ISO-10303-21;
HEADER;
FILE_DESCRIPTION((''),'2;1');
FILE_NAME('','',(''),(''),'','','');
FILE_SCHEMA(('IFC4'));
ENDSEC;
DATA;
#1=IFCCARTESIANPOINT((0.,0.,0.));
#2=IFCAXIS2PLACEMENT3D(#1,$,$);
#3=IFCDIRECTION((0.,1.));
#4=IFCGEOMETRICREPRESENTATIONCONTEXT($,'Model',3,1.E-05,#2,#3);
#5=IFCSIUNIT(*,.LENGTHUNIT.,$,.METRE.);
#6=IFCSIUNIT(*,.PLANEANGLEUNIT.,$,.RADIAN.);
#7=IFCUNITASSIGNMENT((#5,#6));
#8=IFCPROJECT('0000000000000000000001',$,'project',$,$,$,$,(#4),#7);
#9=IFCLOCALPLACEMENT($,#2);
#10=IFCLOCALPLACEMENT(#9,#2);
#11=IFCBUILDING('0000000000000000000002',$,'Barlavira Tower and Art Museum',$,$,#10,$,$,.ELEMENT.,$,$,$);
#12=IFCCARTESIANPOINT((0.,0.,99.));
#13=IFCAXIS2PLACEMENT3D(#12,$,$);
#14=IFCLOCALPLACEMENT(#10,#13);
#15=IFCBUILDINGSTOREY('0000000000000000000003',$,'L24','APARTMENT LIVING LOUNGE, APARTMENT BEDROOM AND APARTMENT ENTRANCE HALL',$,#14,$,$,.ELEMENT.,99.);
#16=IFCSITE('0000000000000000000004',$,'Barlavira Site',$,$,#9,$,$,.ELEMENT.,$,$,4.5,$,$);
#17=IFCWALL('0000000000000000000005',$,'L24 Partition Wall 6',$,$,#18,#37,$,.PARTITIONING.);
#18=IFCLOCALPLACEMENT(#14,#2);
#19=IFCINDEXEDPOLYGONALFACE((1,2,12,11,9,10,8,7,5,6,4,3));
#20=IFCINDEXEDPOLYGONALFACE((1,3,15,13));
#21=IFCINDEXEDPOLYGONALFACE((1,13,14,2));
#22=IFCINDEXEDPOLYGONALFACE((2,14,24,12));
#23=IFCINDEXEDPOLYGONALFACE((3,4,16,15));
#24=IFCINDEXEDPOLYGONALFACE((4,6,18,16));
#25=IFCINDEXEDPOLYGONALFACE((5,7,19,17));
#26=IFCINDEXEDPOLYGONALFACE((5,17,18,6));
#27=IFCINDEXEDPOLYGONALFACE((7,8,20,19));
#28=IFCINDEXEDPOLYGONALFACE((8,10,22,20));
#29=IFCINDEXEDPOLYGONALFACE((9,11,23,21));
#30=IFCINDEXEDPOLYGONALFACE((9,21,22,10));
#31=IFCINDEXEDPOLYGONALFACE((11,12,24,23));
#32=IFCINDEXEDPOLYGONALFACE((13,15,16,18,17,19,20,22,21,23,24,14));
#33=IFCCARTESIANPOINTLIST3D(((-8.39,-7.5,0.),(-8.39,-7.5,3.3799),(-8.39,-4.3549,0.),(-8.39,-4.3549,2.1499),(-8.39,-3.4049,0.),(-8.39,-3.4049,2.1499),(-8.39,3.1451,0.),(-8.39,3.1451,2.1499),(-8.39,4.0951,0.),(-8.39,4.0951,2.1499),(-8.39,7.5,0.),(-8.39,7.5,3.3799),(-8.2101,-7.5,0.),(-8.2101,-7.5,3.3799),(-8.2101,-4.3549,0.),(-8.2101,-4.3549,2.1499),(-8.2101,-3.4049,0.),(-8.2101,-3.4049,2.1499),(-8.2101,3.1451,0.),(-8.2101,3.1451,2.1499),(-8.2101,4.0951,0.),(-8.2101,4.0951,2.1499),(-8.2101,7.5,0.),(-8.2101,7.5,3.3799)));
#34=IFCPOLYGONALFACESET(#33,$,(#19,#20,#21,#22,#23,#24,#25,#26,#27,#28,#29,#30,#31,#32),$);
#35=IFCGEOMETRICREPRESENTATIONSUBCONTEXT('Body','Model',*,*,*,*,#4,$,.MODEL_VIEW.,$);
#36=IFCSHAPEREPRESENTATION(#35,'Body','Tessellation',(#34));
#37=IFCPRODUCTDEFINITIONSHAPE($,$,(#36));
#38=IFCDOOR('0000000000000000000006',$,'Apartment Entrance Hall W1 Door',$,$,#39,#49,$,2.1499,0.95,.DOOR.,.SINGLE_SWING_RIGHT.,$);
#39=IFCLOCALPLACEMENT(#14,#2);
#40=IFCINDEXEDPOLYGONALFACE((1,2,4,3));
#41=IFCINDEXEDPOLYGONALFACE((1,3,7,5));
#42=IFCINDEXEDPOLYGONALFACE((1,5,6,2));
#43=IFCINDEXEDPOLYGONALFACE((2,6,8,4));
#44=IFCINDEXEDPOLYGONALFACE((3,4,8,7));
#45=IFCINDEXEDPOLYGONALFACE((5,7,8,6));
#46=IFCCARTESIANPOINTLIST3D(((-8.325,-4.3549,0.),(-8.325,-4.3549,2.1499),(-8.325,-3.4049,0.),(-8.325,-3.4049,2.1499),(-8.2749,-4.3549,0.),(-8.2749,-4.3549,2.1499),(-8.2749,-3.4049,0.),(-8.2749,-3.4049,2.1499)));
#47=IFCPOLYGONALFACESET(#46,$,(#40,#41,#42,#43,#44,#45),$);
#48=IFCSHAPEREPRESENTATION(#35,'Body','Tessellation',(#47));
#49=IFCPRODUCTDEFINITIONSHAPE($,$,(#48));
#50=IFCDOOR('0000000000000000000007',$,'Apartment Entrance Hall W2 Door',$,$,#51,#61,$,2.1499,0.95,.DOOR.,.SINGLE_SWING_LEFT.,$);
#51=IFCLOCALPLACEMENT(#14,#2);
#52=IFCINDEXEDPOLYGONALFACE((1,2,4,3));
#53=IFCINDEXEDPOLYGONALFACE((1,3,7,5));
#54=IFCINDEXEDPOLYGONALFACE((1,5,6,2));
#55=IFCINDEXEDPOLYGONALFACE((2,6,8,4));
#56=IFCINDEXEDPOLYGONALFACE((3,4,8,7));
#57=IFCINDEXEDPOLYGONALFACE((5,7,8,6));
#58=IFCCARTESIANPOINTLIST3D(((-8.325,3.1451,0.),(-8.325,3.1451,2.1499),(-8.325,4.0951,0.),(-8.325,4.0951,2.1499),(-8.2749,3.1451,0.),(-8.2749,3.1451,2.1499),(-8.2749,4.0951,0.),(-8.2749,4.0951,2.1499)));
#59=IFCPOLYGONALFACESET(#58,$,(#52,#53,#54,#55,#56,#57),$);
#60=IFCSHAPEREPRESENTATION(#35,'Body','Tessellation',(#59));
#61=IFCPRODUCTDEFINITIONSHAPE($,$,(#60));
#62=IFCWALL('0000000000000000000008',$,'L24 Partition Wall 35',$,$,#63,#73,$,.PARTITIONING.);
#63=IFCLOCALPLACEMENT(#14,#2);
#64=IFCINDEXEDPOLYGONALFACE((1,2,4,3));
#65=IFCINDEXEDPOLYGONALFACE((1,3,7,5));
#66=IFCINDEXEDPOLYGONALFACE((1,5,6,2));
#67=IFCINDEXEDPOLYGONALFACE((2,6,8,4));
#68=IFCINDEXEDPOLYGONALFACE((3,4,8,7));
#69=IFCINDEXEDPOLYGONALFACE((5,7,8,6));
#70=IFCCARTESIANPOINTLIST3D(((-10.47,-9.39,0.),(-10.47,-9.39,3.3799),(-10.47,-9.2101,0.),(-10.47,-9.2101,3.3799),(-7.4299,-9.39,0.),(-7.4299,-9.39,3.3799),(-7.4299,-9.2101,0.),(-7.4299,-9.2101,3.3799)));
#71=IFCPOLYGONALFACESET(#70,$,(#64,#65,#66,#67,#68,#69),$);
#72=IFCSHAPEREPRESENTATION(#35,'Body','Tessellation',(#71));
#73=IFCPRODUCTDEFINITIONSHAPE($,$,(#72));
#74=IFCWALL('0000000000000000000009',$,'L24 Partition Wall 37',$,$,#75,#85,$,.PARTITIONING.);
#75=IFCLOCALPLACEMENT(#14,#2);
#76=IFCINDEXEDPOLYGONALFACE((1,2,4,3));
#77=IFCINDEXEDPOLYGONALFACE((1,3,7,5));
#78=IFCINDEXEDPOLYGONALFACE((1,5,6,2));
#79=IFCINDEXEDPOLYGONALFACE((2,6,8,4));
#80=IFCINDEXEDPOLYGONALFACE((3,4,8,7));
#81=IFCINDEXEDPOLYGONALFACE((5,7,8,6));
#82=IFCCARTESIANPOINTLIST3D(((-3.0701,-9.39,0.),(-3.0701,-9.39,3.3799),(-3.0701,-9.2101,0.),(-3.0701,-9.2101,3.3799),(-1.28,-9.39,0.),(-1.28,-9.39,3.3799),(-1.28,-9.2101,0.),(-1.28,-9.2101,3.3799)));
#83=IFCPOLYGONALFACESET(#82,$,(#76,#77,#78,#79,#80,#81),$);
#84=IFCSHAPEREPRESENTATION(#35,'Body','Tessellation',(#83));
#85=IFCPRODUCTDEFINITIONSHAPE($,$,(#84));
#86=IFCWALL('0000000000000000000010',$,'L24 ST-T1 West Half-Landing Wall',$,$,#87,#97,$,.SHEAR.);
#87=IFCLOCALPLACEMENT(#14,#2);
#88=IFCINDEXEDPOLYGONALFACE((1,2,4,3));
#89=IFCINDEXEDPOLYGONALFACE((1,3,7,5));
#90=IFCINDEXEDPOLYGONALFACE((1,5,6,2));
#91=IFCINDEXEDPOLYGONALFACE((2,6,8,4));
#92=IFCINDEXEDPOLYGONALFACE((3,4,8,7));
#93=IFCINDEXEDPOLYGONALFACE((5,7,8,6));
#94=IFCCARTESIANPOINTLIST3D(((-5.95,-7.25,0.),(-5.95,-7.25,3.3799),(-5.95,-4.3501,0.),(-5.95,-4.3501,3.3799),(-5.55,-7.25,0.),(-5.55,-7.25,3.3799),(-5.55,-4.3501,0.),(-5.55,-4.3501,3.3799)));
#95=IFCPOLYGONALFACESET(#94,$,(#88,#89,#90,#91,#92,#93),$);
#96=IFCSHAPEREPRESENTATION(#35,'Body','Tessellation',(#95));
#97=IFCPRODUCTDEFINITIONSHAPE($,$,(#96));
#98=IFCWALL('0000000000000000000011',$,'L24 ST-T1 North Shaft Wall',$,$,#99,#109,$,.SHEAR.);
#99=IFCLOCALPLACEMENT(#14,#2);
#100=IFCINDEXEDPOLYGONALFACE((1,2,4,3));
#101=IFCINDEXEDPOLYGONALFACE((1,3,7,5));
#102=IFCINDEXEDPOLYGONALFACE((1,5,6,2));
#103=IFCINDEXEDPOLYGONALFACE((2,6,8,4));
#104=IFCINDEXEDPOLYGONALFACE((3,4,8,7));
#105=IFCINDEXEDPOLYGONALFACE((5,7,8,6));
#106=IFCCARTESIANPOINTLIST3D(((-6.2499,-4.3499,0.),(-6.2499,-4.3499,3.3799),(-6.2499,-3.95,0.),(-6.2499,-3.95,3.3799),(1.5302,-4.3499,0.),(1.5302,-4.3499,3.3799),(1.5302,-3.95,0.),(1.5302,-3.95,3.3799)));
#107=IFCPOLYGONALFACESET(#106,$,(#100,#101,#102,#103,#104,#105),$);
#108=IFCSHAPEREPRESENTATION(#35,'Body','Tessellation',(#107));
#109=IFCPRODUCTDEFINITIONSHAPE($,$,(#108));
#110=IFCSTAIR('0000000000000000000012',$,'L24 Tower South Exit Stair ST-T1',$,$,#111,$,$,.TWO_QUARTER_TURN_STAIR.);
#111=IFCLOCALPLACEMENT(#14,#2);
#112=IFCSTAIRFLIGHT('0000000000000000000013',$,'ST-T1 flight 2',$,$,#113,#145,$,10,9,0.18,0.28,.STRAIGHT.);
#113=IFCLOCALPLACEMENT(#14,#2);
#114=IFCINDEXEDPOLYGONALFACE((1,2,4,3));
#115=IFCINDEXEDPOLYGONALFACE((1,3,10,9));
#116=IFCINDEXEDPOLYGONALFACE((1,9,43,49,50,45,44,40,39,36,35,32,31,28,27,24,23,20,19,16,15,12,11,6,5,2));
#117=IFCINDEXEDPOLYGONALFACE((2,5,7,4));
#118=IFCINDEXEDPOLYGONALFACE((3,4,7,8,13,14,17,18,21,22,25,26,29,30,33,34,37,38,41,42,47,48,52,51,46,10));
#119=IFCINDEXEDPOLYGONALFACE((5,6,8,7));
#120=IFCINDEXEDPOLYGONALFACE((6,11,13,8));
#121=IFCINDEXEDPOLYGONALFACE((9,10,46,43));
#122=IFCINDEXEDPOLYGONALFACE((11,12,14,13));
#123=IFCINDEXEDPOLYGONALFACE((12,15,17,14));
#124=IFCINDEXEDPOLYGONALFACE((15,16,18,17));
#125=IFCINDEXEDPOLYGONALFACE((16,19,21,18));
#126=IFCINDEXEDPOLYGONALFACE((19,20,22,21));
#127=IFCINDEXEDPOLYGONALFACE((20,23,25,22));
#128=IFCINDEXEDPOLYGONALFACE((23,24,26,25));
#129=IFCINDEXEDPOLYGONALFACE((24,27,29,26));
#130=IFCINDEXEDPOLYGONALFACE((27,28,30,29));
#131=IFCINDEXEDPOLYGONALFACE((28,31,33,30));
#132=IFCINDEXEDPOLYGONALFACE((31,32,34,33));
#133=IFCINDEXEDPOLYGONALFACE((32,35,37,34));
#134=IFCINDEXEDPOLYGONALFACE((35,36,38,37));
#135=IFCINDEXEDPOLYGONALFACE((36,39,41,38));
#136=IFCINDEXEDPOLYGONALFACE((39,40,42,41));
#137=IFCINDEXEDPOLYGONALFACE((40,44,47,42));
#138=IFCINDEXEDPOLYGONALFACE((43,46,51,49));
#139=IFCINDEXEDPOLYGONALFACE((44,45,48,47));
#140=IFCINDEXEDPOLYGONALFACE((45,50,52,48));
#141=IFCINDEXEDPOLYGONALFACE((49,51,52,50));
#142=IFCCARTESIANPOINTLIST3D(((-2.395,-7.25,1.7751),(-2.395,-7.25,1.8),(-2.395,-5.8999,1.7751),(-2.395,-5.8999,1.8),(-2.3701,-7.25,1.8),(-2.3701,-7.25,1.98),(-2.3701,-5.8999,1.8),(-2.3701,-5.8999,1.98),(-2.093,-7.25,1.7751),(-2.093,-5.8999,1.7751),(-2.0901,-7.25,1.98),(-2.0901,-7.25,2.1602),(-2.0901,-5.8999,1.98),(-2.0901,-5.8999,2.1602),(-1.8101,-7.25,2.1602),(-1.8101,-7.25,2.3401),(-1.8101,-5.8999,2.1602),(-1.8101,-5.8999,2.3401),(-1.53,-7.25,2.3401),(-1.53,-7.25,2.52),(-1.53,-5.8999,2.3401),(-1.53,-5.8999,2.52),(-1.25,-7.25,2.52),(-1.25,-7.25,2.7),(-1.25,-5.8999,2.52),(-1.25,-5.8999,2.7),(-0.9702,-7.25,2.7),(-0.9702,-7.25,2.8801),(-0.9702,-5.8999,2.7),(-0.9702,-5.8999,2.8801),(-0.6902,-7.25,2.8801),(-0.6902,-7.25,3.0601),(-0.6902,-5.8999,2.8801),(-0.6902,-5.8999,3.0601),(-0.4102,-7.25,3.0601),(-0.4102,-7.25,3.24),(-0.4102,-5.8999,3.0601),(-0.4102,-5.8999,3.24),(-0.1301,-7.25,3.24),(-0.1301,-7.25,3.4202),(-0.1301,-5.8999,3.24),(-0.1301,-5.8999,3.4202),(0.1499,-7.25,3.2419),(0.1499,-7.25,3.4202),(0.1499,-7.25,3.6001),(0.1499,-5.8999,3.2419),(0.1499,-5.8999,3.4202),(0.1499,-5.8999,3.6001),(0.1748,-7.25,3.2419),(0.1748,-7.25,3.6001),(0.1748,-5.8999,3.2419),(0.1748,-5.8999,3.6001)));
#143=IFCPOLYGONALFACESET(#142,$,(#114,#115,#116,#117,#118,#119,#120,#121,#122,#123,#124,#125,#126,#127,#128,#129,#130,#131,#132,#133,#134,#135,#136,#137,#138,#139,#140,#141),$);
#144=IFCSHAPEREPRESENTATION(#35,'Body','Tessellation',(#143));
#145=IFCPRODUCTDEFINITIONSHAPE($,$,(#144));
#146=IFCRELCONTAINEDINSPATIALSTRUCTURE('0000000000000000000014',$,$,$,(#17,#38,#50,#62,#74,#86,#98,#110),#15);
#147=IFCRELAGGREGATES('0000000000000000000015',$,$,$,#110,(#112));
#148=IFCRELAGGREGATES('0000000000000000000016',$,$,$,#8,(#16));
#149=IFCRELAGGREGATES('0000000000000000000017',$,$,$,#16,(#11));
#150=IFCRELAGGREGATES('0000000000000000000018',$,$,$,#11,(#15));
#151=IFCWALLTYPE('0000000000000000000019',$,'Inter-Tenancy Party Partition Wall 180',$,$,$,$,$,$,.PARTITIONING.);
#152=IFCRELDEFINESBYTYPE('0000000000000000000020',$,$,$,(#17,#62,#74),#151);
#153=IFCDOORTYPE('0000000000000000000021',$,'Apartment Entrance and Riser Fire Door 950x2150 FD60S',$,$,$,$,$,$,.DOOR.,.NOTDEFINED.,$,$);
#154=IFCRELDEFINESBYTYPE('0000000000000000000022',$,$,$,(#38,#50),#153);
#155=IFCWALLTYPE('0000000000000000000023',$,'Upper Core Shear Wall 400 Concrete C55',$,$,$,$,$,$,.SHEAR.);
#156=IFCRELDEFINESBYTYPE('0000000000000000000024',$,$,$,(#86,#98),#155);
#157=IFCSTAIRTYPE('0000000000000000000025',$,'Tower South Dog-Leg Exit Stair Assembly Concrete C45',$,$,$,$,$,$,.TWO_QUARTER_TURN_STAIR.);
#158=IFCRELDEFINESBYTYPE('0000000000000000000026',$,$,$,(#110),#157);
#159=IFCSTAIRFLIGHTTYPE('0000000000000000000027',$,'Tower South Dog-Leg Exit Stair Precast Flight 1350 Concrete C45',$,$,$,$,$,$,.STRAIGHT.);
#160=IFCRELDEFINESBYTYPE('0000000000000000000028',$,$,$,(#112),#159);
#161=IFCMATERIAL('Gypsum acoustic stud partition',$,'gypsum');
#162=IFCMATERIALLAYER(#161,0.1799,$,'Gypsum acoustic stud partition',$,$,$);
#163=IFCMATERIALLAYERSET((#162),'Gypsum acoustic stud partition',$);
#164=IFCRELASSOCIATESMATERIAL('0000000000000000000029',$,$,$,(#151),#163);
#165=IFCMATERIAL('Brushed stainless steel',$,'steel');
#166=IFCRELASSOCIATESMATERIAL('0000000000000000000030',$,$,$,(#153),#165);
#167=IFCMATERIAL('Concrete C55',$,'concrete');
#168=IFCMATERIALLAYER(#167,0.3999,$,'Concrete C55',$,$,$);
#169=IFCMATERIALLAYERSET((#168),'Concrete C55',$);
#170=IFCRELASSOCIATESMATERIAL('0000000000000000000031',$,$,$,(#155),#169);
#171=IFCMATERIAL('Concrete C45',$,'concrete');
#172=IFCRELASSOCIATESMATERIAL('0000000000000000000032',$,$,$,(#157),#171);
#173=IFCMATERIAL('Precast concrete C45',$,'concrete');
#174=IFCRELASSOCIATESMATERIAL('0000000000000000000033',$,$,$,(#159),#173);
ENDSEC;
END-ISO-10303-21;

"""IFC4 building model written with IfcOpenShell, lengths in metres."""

from ifc_helpers import new_model, si_unit, direction, frame, frame_2d, origin, place, context, subcontext, project, spatial, polyline, rectangle, outline, extrude, material, layer, layer_set, type_object, element, fill, aggregate, save


model = new_model("IFC4")

# Units and contexts
model_context = context("Model", 3, precision=1e-05, world=origin(), true_north=direction((0.0, 1.0)))
body_context = subcontext(model_context, "Body", "Model", "MODEL_VIEW")
ifc_project = project(units=[si_unit("LENGTHUNIT", "METRE"), si_unit("PLANEANGLEUNIT", "RADIAN")], contexts=[model_context])

# Site, building, storey
site_placement = place(None, origin())
site = spatial("IfcSite", under=ifc_project, at=site_placement, Name="Barlavira Site", CompositionType="ELEMENT", RefElevation=4.5)
building_placement = place(site_placement, origin())
building = spatial("IfcBuilding", under=site, at=building_placement, Name="Barlavira Tower and Art Museum", CompositionType="ELEMENT")
storey_placement = place(building_placement, frame((0.0, 0.0, 99.0)))
storey = spatial("IfcBuildingStorey", under=building, at=storey_placement, Name="L24", Description="APARTMENT LIVING LOUNGE, APARTMENT BEDROOM AND APARTMENT ENTRANCE HALL", CompositionType="ELEMENT", Elevation=99.0)

# Shared definitions
ifc_material_1 = material(Name="Brushed stainless steel", Category="steel")

# Wall, openings, doors
ifc_material_2 = material(Name="Gypsum acoustic stud partition", Category="gypsum")
ifc_layer_1 = layer(ifc_material_2, 0.1799, Name="Gypsum acoustic stud partition")
ifc_layer_set_1 = layer_set([ifc_layer_1], Name="Gypsum acoustic stud partition")
wall_type_1 = type_object("IfcWallType", Name="Inter-Tenancy Party Partition Wall 180", PredefinedType="PARTITIONING", material=ifc_layer_set_1)
wall_1_placement = place(storey_placement, frame((-8.3, -7.5, 0.0), z_axis=(0.0, 0.0, 1.0), x_axis=(0.0, 1.0, 0.0)))
wall_1 = element("IfcWall", 1, at=wall_1_placement, inside=storey, type_object=wall_type_1, Name="L24 Partition Wall 6", PredefinedType="PARTITIONING", context=body_context, shape_type="SweptSolid", body=[
    extrude(rectangle(XDim=15.0, YDim=0.1799, at=frame_2d((7.5, 0.0))), origin(), (0.0, 0.0, 1.0), 3.3799),
])
opening_1_placement = place(wall_1_placement, frame((3.145, 0.0, 0.0)))
opening_1 = element("IfcOpeningElement", 2, at=opening_1_placement, cuts=wall_1, PredefinedType="OPENING", context=body_context, shape_type="SweptSolid", body=[
    extrude(rectangle(XDim=0.95, YDim=2.1499, at=frame_2d((0.4751, 1.075))), frame((0.0, 0.1001, 0.0), z_axis=(0.0, -1.0, 0.0), x_axis=(1.0, 0.0, 0.0)), (0.0, 0.0, 1.0), 0.2),
])
opening_2_placement = place(wall_1_placement, frame((10.645, 0.0, 0.0)))
opening_2 = element("IfcOpeningElement", 3, at=opening_2_placement, cuts=wall_1, PredefinedType="OPENING", context=body_context, shape_type="SweptSolid", body=[
    extrude(rectangle(XDim=0.95, YDim=2.1499, at=frame_2d((0.4751, 1.075))), frame((0.0, 0.1001, 0.0), z_axis=(0.0, -1.0, 0.0), x_axis=(1.0, 0.0, 0.0)), (0.0, 0.0, 1.0), 0.2),
])
door_type_1 = type_object("IfcDoorType", Name="Apartment Entrance and Riser Fire Door 950x2150 FD60S", OperationType="NOTDEFINED", PredefinedType="DOOR", material=ifc_material_1)
door_1_placement = place(opening_1_placement, origin())
door_1 = element("IfcDoor", 4, at=door_1_placement, inside=storey, type_object=door_type_1, Name="Apartment Entrance Hall W1 Door", OperationType="SINGLE_SWING_RIGHT", OverallHeight=2.1499, OverallWidth=0.95, PredefinedType="DOOR", context=body_context, shape_type="SweptSolid", body=[
    extrude(rectangle(XDim=0.95, YDim=2.1499, at=frame_2d((0.4751, 1.075))), frame((0.0, 0.0249, 0.0), z_axis=(0.0, -1.0, 0.0), x_axis=(1.0, 0.0, 0.0)), (0.0, 0.0, 1.0), 0.05),
])
fill(opening_1, door_1)
door_2_placement = place(opening_2_placement, origin())
door_2 = element("IfcDoor", 5, at=door_2_placement, inside=storey, type_object=door_type_1, Name="Apartment Entrance Hall W2 Door", OperationType="SINGLE_SWING_LEFT", OverallHeight=2.1499, OverallWidth=0.95, PredefinedType="DOOR", context=body_context, shape_type="SweptSolid", body=[
    extrude(rectangle(XDim=0.95, YDim=2.1499, at=frame_2d((0.4751, 1.075))), frame((0.0, 0.0249, 0.0), z_axis=(0.0, -1.0, 0.0), x_axis=(1.0, 0.0, 0.0)), (0.0, 0.0, 1.0), 0.05),
])
fill(opening_2, door_2)

# Wall
wall_2_placement = place(storey_placement, frame((-10.47, -9.3, 0.0), z_axis=(0.0, 0.0, 1.0), x_axis=(1.0, 0.0, 0.0)))
element("IfcWall", 6, at=wall_2_placement, inside=storey, type_object=wall_type_1, Name="L24 Partition Wall 35", PredefinedType="PARTITIONING", context=body_context, shape_type="SweptSolid", body=[
    extrude(rectangle(XDim=3.04, YDim=0.1799, at=frame_2d((1.52, 0.0))), origin(), (0.0, 0.0, 1.0), 3.3799),
])

# Walls
wall_3_placement = place(storey_placement, frame((-3.0701, -9.3, 0.0), z_axis=(0.0, 0.0, 1.0), x_axis=(1.0, 0.0, 0.0)))
element("IfcWall", 7, at=wall_3_placement, inside=storey, type_object=wall_type_1, Name="L24 Partition Wall 37", PredefinedType="PARTITIONING", context=body_context, shape_type="SweptSolid", body=[
    extrude(rectangle(XDim=1.79, YDim=0.1799, at=frame_2d((0.895, 0.0))), origin(), (0.0, 0.0, 1.0), 3.3799),
])
ifc_material_3 = material(Name="Concrete C55", Category="concrete")
ifc_layer_2 = layer(ifc_material_3, 0.3999, Name="Concrete C55")
ifc_layer_set_2 = layer_set([ifc_layer_2], Name="Concrete C55")
wall_type_2 = type_object("IfcWallType", Name="Upper Core Shear Wall 400 Concrete C55", PredefinedType="SHEAR", material=ifc_layer_set_2)
wall_4_placement = place(storey_placement, frame((-5.75, -7.25, 0.0), z_axis=(0.0, 0.0, 1.0), x_axis=(0.0, 1.0, 0.0)))
element("IfcWall", 8, at=wall_4_placement, inside=storey, type_object=wall_type_2, Name="L24 ST-T1 West Half-Landing Wall", PredefinedType="SHEAR", context=body_context, shape_type="SweptSolid", body=[
    extrude(rectangle(XDim=2.8999, YDim=0.3999, at=frame_2d((1.45, 0.0))), origin(), (0.0, 0.0, 1.0), 3.3799),
])
wall_5_placement = place(storey_placement, frame((-6.25, -4.1499, 0.0), z_axis=(0.0, 0.0, 1.0), x_axis=(1.0, 0.0, 0.0)))
element("IfcWall", 9, at=wall_5_placement, inside=storey, type_object=wall_type_2, Name="L24 ST-T1 North Shaft Wall", PredefinedType="SHEAR", context=body_context, shape_type="SweptSolid", body=[
    extrude(rectangle(XDim=7.78, YDim=0.3999, at=frame_2d((3.8901, 0.0))), origin(), (0.0, 0.0, 1.0), 3.3799),
])

# Stair, stair flight
ifc_material_4 = material(Name="Concrete C45", Category="concrete")
stair_type = type_object("IfcStairType", Name="Tower South Dog-Leg Exit Stair Assembly Concrete C45", PredefinedType="TWO_QUARTER_TURN_STAIR", material=ifc_material_4)
stair_placement = place(storey_placement, origin())
stair = element("IfcStair", 10, at=stair_placement, inside=storey, type_object=stair_type, Name="L24 Tower South Exit Stair ST-T1", PredefinedType="TWO_QUARTER_TURN_STAIR")
ifc_material_5 = material(Name="Precast concrete C45", Category="concrete")
stair_flight_type = type_object("IfcStairFlightType", Name="Tower South Dog-Leg Exit Stair Precast Flight 1350 Concrete C45", PredefinedType="STRAIGHT", material=ifc_material_5)
stair_flight_placement = place(storey_placement, frame((-2.3701, -6.575, 1.8), z_axis=(0.0, 0.0, 1.0), x_axis=(1.0, 0.0, 0.0)))
stair_flight = element("IfcStairFlight", 11, at=stair_flight_placement, type_object=stair_flight_type, Name="ST-T1 flight 2", NumberOfRisers=10, NumberOfTreads=9, PredefinedType="STRAIGHT", RiserHeight=0.18, TreadLength=0.28, context=body_context, shape_type="SweptSolid", body=[
    extrude(outline(polyline([(-0.0249, 0.0), (0.0, 0.0), (0.0, 0.1799), (0.28, 0.1799), (0.28, 0.3601), (0.5601, 0.3601), (0.5601, 0.54), (0.8401, 0.54), (0.8401, 0.72), (1.1201, 0.72), (1.1201, 0.8999), (1.3999, 0.8999), (1.3999, 1.0801), (1.6799, 1.0801), (1.6799, 1.26), (1.96, 1.26), (1.96, 1.4399), (2.24, 1.4399), (2.24, 1.6201), (2.52, 1.6201), (2.52, 1.8), (2.5449, 1.8), (2.5449, 1.4419), (2.52, 1.4419), (0.2771, -0.0249), (-0.0249, -0.0249), (-0.0249, 0.0)])), frame((0.0, 0.675, 0.0), z_axis=(0.0, -1.0, 0.0), x_axis=(1.0, 0.0, 0.0)), (0.0, 0.0, 1.0), 1.3501),
])
aggregate(stair, [stair_flight])

save(model, "model.ifc")
